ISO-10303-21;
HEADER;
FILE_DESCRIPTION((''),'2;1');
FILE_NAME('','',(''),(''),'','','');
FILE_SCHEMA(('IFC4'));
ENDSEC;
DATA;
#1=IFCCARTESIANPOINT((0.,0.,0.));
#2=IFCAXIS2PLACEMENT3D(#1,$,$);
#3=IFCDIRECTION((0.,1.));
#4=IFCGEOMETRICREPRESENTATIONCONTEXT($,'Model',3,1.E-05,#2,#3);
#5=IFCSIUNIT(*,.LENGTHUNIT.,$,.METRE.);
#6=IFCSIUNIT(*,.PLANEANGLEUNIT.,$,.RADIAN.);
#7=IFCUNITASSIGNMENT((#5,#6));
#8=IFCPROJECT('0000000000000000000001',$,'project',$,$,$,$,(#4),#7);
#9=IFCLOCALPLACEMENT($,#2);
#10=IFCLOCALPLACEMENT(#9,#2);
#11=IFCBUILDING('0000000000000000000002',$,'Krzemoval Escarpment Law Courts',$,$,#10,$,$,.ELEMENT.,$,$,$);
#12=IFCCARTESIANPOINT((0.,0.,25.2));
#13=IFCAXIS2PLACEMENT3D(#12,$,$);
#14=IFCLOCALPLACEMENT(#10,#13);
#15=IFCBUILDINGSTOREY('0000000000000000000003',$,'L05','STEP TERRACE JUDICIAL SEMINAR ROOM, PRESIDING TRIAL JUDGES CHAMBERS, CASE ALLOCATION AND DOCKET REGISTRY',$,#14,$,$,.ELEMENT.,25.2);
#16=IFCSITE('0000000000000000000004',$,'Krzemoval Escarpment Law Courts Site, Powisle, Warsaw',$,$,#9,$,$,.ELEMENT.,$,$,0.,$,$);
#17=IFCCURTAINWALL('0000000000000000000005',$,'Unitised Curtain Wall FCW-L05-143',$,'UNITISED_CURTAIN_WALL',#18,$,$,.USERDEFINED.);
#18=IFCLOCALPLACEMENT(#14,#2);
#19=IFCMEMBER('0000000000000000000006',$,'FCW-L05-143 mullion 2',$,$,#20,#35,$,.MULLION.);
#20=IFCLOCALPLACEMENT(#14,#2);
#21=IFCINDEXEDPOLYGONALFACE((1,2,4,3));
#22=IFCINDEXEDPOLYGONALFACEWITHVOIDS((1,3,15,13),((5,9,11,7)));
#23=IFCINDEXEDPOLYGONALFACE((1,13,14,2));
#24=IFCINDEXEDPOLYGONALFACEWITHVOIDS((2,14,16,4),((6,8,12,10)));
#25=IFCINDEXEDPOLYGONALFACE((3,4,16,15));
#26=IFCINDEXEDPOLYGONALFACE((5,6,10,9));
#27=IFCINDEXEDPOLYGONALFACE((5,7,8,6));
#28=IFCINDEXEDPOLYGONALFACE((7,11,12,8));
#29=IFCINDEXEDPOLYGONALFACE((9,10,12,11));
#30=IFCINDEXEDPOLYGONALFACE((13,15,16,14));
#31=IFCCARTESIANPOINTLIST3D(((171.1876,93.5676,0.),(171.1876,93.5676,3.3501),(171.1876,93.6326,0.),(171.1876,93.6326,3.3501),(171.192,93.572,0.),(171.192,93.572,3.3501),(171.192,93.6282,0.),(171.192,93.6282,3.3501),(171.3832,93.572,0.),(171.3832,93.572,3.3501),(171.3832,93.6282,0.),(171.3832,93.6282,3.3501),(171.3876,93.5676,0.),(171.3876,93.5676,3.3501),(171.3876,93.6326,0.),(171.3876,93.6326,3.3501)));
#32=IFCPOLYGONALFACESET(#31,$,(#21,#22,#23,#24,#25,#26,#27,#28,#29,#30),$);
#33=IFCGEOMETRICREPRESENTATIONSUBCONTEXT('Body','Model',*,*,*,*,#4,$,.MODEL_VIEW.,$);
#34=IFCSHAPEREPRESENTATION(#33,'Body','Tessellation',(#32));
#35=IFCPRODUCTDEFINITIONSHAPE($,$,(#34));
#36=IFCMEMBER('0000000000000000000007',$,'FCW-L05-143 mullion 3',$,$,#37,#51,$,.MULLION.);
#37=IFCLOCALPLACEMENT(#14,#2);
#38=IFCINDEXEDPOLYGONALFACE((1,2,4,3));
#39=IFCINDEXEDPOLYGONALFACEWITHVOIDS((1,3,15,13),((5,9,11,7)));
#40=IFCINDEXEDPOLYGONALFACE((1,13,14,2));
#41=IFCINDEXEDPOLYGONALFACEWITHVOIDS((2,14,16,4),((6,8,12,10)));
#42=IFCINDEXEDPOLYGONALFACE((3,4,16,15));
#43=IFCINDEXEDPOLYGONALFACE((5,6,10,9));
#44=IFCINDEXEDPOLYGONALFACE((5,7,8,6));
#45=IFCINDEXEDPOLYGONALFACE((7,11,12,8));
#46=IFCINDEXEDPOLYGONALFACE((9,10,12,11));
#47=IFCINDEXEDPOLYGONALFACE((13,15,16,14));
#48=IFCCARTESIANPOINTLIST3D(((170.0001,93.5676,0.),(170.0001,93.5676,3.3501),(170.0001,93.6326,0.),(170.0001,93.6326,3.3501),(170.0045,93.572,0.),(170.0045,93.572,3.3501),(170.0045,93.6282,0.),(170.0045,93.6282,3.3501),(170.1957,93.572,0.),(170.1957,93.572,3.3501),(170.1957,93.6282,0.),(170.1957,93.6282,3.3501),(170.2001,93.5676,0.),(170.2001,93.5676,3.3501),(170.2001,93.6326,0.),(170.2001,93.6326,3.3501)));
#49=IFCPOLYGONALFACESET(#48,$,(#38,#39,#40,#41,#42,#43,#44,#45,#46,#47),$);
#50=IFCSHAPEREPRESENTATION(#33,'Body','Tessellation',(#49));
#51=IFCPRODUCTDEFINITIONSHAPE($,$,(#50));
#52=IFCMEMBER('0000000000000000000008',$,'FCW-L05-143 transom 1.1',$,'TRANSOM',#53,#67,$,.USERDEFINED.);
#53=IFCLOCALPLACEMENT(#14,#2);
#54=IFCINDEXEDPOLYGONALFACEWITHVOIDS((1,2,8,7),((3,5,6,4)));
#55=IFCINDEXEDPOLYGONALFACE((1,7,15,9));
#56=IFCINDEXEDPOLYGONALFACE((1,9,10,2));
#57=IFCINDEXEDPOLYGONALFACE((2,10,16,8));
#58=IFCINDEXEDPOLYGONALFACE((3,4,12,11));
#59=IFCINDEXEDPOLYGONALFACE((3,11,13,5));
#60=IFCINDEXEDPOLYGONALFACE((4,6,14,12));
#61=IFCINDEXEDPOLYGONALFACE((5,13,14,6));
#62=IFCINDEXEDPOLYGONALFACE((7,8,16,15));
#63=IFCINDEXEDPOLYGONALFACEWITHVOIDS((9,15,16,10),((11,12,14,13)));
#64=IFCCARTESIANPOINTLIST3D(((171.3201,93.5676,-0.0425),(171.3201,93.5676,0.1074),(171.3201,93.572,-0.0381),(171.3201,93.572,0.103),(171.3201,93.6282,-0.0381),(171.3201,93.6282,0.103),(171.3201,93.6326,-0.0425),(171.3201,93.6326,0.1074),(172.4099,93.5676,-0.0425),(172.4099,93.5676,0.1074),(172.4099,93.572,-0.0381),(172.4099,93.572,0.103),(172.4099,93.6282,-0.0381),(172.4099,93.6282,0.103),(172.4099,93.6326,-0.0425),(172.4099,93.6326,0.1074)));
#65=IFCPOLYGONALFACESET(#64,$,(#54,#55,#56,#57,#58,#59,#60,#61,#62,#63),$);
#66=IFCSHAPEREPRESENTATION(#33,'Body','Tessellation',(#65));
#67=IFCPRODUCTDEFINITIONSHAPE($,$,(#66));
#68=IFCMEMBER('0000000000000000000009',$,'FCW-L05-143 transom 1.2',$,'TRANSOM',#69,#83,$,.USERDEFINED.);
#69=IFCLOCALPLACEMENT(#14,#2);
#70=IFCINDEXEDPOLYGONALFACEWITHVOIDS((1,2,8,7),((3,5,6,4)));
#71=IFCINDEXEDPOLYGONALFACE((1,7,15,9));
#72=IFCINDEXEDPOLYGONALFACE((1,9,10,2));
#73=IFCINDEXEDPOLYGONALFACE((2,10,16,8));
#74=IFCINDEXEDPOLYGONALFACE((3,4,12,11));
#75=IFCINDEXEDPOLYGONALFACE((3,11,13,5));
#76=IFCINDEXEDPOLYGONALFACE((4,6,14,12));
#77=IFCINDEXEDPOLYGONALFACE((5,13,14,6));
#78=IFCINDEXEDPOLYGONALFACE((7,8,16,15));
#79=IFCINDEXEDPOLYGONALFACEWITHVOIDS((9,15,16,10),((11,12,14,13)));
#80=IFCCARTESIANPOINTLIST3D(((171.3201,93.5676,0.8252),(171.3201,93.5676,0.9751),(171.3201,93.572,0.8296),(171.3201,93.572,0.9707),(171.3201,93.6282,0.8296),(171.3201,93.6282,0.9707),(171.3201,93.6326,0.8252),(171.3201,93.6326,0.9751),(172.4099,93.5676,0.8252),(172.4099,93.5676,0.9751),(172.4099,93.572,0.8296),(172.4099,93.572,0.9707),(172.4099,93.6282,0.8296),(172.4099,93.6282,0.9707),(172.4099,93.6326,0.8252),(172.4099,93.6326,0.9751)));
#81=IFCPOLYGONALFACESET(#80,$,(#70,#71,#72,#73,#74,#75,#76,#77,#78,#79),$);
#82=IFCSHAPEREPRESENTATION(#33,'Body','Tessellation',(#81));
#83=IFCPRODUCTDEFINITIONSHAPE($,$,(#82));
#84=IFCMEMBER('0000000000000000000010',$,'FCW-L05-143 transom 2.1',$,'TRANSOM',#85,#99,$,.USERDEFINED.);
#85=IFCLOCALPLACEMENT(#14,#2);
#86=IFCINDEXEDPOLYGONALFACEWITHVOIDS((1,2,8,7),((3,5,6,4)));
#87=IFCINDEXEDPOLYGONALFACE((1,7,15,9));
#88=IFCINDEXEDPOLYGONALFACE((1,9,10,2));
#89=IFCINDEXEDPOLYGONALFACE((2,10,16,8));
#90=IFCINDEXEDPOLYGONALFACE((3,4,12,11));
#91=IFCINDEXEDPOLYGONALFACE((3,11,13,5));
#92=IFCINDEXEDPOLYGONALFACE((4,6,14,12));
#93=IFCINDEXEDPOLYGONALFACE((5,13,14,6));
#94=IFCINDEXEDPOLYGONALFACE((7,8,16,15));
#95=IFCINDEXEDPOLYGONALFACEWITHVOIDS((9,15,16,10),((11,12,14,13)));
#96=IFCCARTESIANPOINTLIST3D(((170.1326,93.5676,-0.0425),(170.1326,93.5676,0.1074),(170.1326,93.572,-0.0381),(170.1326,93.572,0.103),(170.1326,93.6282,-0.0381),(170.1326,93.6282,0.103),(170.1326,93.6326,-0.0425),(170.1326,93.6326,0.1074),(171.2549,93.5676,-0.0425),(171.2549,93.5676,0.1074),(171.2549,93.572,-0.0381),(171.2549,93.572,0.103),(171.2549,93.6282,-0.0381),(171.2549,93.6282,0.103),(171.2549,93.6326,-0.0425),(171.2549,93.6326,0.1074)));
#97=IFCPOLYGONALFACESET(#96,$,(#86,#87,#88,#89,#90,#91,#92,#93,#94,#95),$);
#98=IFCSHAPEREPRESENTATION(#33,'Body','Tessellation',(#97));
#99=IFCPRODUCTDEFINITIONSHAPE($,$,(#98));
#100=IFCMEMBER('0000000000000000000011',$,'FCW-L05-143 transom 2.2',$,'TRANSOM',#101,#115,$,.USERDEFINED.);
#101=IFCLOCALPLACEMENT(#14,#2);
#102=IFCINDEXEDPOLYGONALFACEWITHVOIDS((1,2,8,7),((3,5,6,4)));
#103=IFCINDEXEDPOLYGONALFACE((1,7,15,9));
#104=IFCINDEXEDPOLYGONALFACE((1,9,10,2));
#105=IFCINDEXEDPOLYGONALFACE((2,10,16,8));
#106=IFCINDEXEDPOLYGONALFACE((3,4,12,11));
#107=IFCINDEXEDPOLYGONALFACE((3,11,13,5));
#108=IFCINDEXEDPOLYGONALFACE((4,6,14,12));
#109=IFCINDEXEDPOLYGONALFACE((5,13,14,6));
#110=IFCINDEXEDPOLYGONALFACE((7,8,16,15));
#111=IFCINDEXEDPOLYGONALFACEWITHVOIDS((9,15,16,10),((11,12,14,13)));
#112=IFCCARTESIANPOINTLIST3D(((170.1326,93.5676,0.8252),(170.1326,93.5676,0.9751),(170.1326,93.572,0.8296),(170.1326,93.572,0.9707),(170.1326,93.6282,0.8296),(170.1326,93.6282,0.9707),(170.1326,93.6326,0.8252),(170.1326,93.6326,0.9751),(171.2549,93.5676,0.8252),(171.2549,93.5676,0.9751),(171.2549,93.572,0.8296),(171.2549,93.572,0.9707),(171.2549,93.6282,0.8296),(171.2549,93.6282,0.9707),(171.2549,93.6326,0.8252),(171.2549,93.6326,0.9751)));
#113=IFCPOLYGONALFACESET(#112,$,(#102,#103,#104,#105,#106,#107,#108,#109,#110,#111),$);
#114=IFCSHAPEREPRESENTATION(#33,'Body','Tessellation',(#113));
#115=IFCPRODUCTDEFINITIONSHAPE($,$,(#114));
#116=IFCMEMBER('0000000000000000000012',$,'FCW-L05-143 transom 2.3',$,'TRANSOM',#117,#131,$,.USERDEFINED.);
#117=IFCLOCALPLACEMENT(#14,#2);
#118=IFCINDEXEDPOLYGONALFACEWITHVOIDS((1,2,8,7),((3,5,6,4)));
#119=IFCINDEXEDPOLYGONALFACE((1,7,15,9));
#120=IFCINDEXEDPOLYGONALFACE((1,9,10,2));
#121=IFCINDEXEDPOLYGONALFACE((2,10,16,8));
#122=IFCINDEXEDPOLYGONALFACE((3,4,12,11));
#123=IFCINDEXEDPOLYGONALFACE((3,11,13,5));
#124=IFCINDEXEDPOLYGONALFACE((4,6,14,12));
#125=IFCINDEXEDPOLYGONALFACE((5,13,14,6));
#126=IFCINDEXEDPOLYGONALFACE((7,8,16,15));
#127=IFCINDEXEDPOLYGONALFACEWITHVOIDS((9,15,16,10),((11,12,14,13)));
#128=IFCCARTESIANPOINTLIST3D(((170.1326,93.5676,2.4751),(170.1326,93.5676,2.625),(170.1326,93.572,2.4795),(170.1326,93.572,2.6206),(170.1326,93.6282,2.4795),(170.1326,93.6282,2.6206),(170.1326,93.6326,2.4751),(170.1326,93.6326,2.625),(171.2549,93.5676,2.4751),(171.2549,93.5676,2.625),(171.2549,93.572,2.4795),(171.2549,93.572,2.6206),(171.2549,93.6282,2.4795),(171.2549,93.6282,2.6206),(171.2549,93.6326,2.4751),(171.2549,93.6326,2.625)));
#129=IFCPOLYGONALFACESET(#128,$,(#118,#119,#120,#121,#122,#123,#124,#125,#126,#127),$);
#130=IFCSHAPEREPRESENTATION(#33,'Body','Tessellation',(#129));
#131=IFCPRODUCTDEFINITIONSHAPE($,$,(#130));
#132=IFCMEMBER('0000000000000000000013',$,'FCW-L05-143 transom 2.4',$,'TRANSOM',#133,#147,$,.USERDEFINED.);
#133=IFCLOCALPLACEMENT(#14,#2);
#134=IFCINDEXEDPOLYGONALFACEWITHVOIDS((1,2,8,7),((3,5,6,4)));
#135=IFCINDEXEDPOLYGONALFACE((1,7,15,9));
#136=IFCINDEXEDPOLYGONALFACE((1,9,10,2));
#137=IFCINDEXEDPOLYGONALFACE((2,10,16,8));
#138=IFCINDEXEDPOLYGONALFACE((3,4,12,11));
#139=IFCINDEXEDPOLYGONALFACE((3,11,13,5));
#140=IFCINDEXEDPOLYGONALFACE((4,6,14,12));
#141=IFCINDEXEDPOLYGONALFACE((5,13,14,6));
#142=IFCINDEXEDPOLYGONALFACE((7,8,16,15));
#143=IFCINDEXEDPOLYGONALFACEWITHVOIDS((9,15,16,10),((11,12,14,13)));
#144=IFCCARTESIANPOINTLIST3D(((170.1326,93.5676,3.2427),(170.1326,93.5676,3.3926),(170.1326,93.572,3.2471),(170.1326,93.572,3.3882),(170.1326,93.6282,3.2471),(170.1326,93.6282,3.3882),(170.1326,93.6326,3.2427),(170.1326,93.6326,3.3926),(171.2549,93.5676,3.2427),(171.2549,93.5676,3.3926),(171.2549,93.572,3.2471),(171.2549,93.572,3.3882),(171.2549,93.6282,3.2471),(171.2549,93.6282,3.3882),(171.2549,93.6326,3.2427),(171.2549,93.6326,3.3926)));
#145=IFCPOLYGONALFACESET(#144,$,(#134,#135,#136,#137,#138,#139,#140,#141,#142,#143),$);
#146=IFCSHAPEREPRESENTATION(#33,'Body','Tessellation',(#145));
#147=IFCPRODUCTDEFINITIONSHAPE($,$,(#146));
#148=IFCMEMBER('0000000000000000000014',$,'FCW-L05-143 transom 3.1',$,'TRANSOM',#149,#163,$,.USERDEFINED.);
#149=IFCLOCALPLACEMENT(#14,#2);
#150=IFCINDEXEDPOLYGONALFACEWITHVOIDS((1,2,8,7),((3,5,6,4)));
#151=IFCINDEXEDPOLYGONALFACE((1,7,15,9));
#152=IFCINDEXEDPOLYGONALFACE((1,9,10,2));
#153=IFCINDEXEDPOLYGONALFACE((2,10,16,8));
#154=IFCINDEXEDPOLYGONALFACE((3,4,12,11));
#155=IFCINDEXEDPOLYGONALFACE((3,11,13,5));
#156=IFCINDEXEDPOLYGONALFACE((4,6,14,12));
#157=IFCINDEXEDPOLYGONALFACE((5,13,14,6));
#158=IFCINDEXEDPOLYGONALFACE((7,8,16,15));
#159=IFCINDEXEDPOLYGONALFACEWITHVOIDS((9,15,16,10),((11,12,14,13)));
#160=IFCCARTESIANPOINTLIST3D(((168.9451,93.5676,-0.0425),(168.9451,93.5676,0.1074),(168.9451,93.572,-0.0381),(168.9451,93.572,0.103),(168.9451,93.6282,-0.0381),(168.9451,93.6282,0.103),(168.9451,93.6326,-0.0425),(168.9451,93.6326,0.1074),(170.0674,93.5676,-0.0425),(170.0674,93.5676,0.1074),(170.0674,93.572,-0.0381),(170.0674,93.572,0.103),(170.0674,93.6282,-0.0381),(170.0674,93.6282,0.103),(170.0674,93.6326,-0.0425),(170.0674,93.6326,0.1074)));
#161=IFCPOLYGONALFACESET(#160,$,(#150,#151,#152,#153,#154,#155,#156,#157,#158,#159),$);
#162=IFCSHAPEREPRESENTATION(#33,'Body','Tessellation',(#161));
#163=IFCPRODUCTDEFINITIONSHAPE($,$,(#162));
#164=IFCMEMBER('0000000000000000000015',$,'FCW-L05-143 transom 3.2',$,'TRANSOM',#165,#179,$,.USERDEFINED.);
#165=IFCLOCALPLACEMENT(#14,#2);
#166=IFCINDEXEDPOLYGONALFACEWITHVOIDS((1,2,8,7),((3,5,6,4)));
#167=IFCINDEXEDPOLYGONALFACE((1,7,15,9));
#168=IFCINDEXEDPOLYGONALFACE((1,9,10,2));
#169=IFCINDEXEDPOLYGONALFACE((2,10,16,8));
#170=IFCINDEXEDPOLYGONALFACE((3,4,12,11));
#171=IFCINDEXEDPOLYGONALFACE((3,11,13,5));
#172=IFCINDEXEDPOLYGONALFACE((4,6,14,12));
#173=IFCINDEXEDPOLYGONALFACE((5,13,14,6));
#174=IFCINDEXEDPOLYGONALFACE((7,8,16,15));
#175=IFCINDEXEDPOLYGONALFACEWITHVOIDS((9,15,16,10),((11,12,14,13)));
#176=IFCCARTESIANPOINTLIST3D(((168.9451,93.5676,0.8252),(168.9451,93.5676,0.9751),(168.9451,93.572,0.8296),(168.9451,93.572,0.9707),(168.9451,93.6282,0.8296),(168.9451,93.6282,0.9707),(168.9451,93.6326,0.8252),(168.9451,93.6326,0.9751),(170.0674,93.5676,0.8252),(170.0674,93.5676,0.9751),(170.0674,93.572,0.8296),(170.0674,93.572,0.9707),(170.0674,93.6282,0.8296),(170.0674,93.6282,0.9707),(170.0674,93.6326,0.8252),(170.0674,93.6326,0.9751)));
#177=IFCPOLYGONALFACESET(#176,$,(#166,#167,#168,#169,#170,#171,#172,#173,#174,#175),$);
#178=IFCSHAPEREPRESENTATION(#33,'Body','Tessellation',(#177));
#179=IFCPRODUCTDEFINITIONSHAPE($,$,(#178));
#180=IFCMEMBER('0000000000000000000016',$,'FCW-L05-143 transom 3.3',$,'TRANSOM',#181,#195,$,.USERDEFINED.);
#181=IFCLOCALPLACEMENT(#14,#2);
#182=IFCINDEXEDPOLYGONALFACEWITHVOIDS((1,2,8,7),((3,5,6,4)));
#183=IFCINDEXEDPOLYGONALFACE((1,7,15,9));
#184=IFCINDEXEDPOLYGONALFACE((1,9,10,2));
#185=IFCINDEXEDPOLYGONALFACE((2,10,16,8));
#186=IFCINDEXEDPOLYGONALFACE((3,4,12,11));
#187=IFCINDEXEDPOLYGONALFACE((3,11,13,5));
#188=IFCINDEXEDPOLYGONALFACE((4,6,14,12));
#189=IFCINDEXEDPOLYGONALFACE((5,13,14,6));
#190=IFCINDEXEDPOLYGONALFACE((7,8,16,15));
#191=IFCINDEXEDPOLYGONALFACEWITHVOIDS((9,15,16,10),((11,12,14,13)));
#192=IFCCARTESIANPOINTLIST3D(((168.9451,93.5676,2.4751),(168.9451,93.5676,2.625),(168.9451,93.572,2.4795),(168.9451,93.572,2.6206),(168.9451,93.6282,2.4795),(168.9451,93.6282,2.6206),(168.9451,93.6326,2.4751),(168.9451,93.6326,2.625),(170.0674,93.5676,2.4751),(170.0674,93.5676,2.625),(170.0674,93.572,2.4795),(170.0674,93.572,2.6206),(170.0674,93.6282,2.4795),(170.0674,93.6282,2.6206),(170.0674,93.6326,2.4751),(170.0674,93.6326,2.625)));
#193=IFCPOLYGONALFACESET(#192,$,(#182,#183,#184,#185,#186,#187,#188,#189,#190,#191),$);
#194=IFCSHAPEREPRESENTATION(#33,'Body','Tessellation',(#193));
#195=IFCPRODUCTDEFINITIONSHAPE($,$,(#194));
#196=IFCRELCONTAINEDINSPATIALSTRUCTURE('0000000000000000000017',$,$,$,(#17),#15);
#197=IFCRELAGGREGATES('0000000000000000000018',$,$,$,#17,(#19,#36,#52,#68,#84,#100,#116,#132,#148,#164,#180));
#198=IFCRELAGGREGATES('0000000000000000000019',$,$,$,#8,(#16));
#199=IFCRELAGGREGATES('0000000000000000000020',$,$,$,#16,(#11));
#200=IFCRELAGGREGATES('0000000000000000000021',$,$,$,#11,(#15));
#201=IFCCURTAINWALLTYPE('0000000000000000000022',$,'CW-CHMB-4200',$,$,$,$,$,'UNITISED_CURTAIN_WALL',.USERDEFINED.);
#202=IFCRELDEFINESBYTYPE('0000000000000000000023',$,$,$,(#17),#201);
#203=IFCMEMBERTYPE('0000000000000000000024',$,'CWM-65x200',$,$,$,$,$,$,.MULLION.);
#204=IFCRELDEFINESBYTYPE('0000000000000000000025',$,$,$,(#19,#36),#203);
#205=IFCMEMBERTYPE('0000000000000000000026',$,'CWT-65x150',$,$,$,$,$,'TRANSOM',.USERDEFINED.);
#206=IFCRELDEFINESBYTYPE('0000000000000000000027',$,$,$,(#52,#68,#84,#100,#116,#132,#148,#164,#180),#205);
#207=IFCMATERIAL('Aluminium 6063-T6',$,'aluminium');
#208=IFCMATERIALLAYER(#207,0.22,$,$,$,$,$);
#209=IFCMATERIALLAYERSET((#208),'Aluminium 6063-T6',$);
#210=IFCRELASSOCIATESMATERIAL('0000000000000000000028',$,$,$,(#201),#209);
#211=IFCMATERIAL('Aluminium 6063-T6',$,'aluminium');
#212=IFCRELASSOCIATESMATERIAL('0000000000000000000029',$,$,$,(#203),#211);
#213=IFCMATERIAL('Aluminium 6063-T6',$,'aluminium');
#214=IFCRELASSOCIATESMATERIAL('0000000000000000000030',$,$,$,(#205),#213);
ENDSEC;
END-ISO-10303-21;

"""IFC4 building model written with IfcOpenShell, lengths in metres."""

from ifc_helpers import new_model, si_unit, direction, frame, origin, origin_2d, place, context, subcontext, project, spatial, hollow_rectangle, extrude, material, layer, layer_set, material_profile, profile_set, type_object, element, aggregate, save


model = new_model("IFC4")

# Units and contexts
model_context = context("Model", 3, precision=1e-05, world=origin(), true_north=direction((0.0, 1.0)))
body_context = subcontext(model_context, "Body", "Model", "MODEL_VIEW")
ifc_project = project(units=[si_unit("LENGTHUNIT", "METRE"), si_unit("PLANEANGLEUNIT", "RADIAN")], contexts=[model_context])

# Site, building, storey
site_placement = place(None, origin())
site = spatial("IfcSite", under=ifc_project, at=site_placement, Name="Krzemoval Escarpment Law Courts Site, Powisle, Warsaw", CompositionType="ELEMENT", RefElevation=0.0)
building_placement = place(site_placement, origin())
building = spatial("IfcBuilding", under=site, at=building_placement, Name="Krzemoval Escarpment Law Courts", CompositionType="ELEMENT")
storey_placement = place(building_placement, frame((0.0, 0.0, 25.2)))
storey = spatial("IfcBuildingStorey", under=building, at=storey_placement, Name="L05", Description="STEP TERRACE JUDICIAL SEMINAR ROOM, PRESIDING TRIAL JUDGES CHAMBERS, CASE ALLOCATION AND DOCKET REGISTRY", CompositionType="ELEMENT", Elevation=25.2)

# Curtain wall, members
ifc_material_1 = material(Name="Aluminium 6063-T6", Category="aluminium")
ifc_layer_1 = layer(ifc_material_1, 0.22)
ifc_layer_set_1 = layer_set([ifc_layer_1], Name="Aluminium 6063-T6")
curtain_wall_type = type_object("IfcCurtainWallType", Name="CW-CHMB-4200", ElementType="UNITISED_CURTAIN_WALL", PredefinedType="USERDEFINED", material=ifc_layer_set_1)
curtain_wall_placement = place(storey_placement, origin())
curtain_wall = element("IfcCurtainWall", 1, at=curtain_wall_placement, inside=storey, type_object=curtain_wall_type, Name="Unitised Curtain Wall FCW-L05-143", ObjectType="UNITISED_CURTAIN_WALL", PredefinedType="USERDEFINED")
ifc_material_2 = material(Name="Aluminium 6063-T6", Category="aluminium")
ifc_material_profile_1 = material_profile(ifc_material_2, hollow_rectangle(XDim=0.0649, YDim=0.2, WallThickness=0.0044, at=origin_2d()), Name="ALU M65x200")
ifc_profile_set_1 = profile_set([ifc_material_profile_1], Name="Aluminium 6063-T6")
member_type_1 = type_object("IfcMemberType", Name="CWM-65x200", PredefinedType="MULLION", material=ifc_profile_set_1)
member_1_placement = place(storey_placement, frame((171.2876, 93.6001, 0.0), z_axis=(0.0, 0.0, 1.0), x_axis=(0.0, -1.0, 0.0)))
member_1 = element("IfcMember", 2, at=member_1_placement, type_object=member_type_1, Name="FCW-L05-143 mullion 2", PredefinedType="MULLION", context=body_context, shape_type="SweptSolid", body=[
    extrude(hollow_rectangle(XDim=0.0649, YDim=0.2, WallThickness=0.0044, at=origin_2d()), origin(), (0.0, 0.0, 1.0), 3.3501),
])
member_2_placement = place(storey_placement, frame((170.1001, 93.6001, 0.0), z_axis=(0.0, 0.0, 1.0), x_axis=(0.0, -1.0, 0.0)))
member_2 = element("IfcMember", 3, at=member_2_placement, type_object=member_type_1, Name="FCW-L05-143 mullion 3", PredefinedType="MULLION", context=body_context, shape_type="SweptSolid", body=[
    extrude(hollow_rectangle(XDim=0.0649, YDim=0.2, WallThickness=0.0044, at=origin_2d()), origin(), (0.0, 0.0, 1.0), 3.3501),
])
ifc_material_3 = material(Name="Aluminium 6063-T6", Category="aluminium")
ifc_material_profile_2 = material_profile(ifc_material_3, hollow_rectangle(XDim=0.0649, YDim=0.1499, WallThickness=0.0044, at=origin_2d()), Name="ALU T65x150")
ifc_profile_set_2 = profile_set([ifc_material_profile_2], Name="Aluminium 6063-T6")
member_type_2 = type_object("IfcMemberType", Name="CWT-65x150", ElementType="TRANSOM", PredefinedType="USERDEFINED", material=ifc_profile_set_2)
member_3_placement = place(storey_placement, frame((172.4099, 93.6001, 0.0325), z_axis=(-1.0, 0.0, 0.0), x_axis=(0.0, -1.0, 0.0)))
member_3 = element("IfcMember", 4, at=member_3_placement, type_object=member_type_2, Name="FCW-L05-143 transom 1.1", ObjectType="TRANSOM", PredefinedType="USERDEFINED", context=body_context, shape_type="SweptSolid", body=[
    extrude(hollow_rectangle(XDim=0.0649, YDim=0.1499, WallThickness=0.0044, at=origin_2d()), origin(), (0.0, 0.0, 1.0), 1.0898),
])
member_4_placement = place(storey_placement, frame((172.4099, 93.6001, 0.9001), z_axis=(-1.0, 0.0, 0.0), x_axis=(0.0, -1.0, 0.0)))
member_4 = element("IfcMember", 5, at=member_4_placement, type_object=member_type_2, Name="FCW-L05-143 transom 1.2", ObjectType="TRANSOM", PredefinedType="USERDEFINED", context=body_context, shape_type="SweptSolid", body=[
    extrude(hollow_rectangle(XDim=0.0649, YDim=0.1499, WallThickness=0.0044, at=origin_2d()), origin(), (0.0, 0.0, 1.0), 1.0898),
])
member_5_placement = place(storey_placement, frame((171.2549, 93.6001, 0.0325), z_axis=(-1.0, 0.0, 0.0), x_axis=(0.0, -1.0, 0.0)))
member_5 = element("IfcMember", 6, at=member_5_placement, type_object=member_type_2, Name="FCW-L05-143 transom 2.1", ObjectType="TRANSOM", PredefinedType="USERDEFINED", context=body_context, shape_type="SweptSolid", body=[
    extrude(hollow_rectangle(XDim=0.0649, YDim=0.1499, WallThickness=0.0044, at=origin_2d()), origin(), (0.0, 0.0, 1.0), 1.1223),
])
member_6_placement = place(storey_placement, frame((171.2549, 93.6001, 0.9001), z_axis=(-1.0, 0.0, 0.0), x_axis=(0.0, -1.0, 0.0)))
member_6 = element("IfcMember", 7, at=member_6_placement, type_object=member_type_2, Name="FCW-L05-143 transom 2.2", ObjectType="TRANSOM", PredefinedType="USERDEFINED", context=body_context, shape_type="SweptSolid", body=[
    extrude(hollow_rectangle(XDim=0.0649, YDim=0.1499, WallThickness=0.0044, at=origin_2d()), origin(), (0.0, 0.0, 1.0), 1.1223),
])
member_7_placement = place(storey_placement, frame((171.2549, 93.6001, 2.55), z_axis=(-1.0, 0.0, 0.0), x_axis=(0.0, -1.0, 0.0)))
member_7 = element("IfcMember", 8, at=member_7_placement, type_object=member_type_2, Name="FCW-L05-143 transom 2.3", ObjectType="TRANSOM", PredefinedType="USERDEFINED", context=body_context, shape_type="SweptSolid", body=[
    extrude(hollow_rectangle(XDim=0.0649, YDim=0.1499, WallThickness=0.0044, at=origin_2d()), origin(), (0.0, 0.0, 1.0), 1.1223),
])
member_8_placement = place(storey_placement, frame((171.2549, 93.6001, 3.3176), z_axis=(-1.0, 0.0, 0.0), x_axis=(0.0, -1.0, 0.0)))
member_8 = element("IfcMember", 9, at=member_8_placement, type_object=member_type_2, Name="FCW-L05-143 transom 2.4", ObjectType="TRANSOM", PredefinedType="USERDEFINED", context=body_context, shape_type="SweptSolid", body=[
    extrude(hollow_rectangle(XDim=0.0649, YDim=0.1499, WallThickness=0.0044, at=origin_2d()), origin(), (0.0, 0.0, 1.0), 1.1223),
])
member_9_placement = place(storey_placement, frame((170.0674, 93.6001, 0.0325), z_axis=(-1.0, 0.0, 0.0), x_axis=(0.0, -1.0, 0.0)))
member_9 = element("IfcMember", 10, at=member_9_placement, type_object=member_type_2, Name="FCW-L05-143 transom 3.1", ObjectType="TRANSOM", PredefinedType="USERDEFINED", context=body_context, shape_type="SweptSolid", body=[
    extrude(hollow_rectangle(XDim=0.0649, YDim=0.1499, WallThickness=0.0044, at=origin_2d()), origin(), (0.0, 0.0, 1.0), 1.1223),
])
member_10_placement = place(storey_placement, frame((170.0674, 93.6001, 0.9001), z_axis=(-1.0, 0.0, 0.0), x_axis=(0.0, -1.0, 0.0)))
member_10 = element("IfcMember", 11, at=member_10_placement, type_object=member_type_2, Name="FCW-L05-143 transom 3.2", ObjectType="TRANSOM", PredefinedType="USERDEFINED", context=body_context, shape_type="SweptSolid", body=[
    extrude(hollow_rectangle(XDim=0.0649, YDim=0.1499, WallThickness=0.0044, at=origin_2d()), origin(), (0.0, 0.0, 1.0), 1.1223),
])
member_11_placement = place(storey_placement, frame((170.0674, 93.6001, 2.55), z_axis=(-1.0, 0.0, 0.0), x_axis=(0.0, -1.0, 0.0)))
member_11 = element("IfcMember", 12, at=member_11_placement, type_object=member_type_2, Name="FCW-L05-143 transom 3.3", ObjectType="TRANSOM", PredefinedType="USERDEFINED", context=body_context, shape_type="SweptSolid", body=[
    extrude(hollow_rectangle(XDim=0.0649, YDim=0.1499, WallThickness=0.0044, at=origin_2d()), origin(), (0.0, 0.0, 1.0), 1.1223),
])

aggregate(curtain_wall, [member_1, member_2, member_3, member_4, member_5, member_6, member_7, member_8, member_9, member_10, member_11])

save(model, "model.ifc")
